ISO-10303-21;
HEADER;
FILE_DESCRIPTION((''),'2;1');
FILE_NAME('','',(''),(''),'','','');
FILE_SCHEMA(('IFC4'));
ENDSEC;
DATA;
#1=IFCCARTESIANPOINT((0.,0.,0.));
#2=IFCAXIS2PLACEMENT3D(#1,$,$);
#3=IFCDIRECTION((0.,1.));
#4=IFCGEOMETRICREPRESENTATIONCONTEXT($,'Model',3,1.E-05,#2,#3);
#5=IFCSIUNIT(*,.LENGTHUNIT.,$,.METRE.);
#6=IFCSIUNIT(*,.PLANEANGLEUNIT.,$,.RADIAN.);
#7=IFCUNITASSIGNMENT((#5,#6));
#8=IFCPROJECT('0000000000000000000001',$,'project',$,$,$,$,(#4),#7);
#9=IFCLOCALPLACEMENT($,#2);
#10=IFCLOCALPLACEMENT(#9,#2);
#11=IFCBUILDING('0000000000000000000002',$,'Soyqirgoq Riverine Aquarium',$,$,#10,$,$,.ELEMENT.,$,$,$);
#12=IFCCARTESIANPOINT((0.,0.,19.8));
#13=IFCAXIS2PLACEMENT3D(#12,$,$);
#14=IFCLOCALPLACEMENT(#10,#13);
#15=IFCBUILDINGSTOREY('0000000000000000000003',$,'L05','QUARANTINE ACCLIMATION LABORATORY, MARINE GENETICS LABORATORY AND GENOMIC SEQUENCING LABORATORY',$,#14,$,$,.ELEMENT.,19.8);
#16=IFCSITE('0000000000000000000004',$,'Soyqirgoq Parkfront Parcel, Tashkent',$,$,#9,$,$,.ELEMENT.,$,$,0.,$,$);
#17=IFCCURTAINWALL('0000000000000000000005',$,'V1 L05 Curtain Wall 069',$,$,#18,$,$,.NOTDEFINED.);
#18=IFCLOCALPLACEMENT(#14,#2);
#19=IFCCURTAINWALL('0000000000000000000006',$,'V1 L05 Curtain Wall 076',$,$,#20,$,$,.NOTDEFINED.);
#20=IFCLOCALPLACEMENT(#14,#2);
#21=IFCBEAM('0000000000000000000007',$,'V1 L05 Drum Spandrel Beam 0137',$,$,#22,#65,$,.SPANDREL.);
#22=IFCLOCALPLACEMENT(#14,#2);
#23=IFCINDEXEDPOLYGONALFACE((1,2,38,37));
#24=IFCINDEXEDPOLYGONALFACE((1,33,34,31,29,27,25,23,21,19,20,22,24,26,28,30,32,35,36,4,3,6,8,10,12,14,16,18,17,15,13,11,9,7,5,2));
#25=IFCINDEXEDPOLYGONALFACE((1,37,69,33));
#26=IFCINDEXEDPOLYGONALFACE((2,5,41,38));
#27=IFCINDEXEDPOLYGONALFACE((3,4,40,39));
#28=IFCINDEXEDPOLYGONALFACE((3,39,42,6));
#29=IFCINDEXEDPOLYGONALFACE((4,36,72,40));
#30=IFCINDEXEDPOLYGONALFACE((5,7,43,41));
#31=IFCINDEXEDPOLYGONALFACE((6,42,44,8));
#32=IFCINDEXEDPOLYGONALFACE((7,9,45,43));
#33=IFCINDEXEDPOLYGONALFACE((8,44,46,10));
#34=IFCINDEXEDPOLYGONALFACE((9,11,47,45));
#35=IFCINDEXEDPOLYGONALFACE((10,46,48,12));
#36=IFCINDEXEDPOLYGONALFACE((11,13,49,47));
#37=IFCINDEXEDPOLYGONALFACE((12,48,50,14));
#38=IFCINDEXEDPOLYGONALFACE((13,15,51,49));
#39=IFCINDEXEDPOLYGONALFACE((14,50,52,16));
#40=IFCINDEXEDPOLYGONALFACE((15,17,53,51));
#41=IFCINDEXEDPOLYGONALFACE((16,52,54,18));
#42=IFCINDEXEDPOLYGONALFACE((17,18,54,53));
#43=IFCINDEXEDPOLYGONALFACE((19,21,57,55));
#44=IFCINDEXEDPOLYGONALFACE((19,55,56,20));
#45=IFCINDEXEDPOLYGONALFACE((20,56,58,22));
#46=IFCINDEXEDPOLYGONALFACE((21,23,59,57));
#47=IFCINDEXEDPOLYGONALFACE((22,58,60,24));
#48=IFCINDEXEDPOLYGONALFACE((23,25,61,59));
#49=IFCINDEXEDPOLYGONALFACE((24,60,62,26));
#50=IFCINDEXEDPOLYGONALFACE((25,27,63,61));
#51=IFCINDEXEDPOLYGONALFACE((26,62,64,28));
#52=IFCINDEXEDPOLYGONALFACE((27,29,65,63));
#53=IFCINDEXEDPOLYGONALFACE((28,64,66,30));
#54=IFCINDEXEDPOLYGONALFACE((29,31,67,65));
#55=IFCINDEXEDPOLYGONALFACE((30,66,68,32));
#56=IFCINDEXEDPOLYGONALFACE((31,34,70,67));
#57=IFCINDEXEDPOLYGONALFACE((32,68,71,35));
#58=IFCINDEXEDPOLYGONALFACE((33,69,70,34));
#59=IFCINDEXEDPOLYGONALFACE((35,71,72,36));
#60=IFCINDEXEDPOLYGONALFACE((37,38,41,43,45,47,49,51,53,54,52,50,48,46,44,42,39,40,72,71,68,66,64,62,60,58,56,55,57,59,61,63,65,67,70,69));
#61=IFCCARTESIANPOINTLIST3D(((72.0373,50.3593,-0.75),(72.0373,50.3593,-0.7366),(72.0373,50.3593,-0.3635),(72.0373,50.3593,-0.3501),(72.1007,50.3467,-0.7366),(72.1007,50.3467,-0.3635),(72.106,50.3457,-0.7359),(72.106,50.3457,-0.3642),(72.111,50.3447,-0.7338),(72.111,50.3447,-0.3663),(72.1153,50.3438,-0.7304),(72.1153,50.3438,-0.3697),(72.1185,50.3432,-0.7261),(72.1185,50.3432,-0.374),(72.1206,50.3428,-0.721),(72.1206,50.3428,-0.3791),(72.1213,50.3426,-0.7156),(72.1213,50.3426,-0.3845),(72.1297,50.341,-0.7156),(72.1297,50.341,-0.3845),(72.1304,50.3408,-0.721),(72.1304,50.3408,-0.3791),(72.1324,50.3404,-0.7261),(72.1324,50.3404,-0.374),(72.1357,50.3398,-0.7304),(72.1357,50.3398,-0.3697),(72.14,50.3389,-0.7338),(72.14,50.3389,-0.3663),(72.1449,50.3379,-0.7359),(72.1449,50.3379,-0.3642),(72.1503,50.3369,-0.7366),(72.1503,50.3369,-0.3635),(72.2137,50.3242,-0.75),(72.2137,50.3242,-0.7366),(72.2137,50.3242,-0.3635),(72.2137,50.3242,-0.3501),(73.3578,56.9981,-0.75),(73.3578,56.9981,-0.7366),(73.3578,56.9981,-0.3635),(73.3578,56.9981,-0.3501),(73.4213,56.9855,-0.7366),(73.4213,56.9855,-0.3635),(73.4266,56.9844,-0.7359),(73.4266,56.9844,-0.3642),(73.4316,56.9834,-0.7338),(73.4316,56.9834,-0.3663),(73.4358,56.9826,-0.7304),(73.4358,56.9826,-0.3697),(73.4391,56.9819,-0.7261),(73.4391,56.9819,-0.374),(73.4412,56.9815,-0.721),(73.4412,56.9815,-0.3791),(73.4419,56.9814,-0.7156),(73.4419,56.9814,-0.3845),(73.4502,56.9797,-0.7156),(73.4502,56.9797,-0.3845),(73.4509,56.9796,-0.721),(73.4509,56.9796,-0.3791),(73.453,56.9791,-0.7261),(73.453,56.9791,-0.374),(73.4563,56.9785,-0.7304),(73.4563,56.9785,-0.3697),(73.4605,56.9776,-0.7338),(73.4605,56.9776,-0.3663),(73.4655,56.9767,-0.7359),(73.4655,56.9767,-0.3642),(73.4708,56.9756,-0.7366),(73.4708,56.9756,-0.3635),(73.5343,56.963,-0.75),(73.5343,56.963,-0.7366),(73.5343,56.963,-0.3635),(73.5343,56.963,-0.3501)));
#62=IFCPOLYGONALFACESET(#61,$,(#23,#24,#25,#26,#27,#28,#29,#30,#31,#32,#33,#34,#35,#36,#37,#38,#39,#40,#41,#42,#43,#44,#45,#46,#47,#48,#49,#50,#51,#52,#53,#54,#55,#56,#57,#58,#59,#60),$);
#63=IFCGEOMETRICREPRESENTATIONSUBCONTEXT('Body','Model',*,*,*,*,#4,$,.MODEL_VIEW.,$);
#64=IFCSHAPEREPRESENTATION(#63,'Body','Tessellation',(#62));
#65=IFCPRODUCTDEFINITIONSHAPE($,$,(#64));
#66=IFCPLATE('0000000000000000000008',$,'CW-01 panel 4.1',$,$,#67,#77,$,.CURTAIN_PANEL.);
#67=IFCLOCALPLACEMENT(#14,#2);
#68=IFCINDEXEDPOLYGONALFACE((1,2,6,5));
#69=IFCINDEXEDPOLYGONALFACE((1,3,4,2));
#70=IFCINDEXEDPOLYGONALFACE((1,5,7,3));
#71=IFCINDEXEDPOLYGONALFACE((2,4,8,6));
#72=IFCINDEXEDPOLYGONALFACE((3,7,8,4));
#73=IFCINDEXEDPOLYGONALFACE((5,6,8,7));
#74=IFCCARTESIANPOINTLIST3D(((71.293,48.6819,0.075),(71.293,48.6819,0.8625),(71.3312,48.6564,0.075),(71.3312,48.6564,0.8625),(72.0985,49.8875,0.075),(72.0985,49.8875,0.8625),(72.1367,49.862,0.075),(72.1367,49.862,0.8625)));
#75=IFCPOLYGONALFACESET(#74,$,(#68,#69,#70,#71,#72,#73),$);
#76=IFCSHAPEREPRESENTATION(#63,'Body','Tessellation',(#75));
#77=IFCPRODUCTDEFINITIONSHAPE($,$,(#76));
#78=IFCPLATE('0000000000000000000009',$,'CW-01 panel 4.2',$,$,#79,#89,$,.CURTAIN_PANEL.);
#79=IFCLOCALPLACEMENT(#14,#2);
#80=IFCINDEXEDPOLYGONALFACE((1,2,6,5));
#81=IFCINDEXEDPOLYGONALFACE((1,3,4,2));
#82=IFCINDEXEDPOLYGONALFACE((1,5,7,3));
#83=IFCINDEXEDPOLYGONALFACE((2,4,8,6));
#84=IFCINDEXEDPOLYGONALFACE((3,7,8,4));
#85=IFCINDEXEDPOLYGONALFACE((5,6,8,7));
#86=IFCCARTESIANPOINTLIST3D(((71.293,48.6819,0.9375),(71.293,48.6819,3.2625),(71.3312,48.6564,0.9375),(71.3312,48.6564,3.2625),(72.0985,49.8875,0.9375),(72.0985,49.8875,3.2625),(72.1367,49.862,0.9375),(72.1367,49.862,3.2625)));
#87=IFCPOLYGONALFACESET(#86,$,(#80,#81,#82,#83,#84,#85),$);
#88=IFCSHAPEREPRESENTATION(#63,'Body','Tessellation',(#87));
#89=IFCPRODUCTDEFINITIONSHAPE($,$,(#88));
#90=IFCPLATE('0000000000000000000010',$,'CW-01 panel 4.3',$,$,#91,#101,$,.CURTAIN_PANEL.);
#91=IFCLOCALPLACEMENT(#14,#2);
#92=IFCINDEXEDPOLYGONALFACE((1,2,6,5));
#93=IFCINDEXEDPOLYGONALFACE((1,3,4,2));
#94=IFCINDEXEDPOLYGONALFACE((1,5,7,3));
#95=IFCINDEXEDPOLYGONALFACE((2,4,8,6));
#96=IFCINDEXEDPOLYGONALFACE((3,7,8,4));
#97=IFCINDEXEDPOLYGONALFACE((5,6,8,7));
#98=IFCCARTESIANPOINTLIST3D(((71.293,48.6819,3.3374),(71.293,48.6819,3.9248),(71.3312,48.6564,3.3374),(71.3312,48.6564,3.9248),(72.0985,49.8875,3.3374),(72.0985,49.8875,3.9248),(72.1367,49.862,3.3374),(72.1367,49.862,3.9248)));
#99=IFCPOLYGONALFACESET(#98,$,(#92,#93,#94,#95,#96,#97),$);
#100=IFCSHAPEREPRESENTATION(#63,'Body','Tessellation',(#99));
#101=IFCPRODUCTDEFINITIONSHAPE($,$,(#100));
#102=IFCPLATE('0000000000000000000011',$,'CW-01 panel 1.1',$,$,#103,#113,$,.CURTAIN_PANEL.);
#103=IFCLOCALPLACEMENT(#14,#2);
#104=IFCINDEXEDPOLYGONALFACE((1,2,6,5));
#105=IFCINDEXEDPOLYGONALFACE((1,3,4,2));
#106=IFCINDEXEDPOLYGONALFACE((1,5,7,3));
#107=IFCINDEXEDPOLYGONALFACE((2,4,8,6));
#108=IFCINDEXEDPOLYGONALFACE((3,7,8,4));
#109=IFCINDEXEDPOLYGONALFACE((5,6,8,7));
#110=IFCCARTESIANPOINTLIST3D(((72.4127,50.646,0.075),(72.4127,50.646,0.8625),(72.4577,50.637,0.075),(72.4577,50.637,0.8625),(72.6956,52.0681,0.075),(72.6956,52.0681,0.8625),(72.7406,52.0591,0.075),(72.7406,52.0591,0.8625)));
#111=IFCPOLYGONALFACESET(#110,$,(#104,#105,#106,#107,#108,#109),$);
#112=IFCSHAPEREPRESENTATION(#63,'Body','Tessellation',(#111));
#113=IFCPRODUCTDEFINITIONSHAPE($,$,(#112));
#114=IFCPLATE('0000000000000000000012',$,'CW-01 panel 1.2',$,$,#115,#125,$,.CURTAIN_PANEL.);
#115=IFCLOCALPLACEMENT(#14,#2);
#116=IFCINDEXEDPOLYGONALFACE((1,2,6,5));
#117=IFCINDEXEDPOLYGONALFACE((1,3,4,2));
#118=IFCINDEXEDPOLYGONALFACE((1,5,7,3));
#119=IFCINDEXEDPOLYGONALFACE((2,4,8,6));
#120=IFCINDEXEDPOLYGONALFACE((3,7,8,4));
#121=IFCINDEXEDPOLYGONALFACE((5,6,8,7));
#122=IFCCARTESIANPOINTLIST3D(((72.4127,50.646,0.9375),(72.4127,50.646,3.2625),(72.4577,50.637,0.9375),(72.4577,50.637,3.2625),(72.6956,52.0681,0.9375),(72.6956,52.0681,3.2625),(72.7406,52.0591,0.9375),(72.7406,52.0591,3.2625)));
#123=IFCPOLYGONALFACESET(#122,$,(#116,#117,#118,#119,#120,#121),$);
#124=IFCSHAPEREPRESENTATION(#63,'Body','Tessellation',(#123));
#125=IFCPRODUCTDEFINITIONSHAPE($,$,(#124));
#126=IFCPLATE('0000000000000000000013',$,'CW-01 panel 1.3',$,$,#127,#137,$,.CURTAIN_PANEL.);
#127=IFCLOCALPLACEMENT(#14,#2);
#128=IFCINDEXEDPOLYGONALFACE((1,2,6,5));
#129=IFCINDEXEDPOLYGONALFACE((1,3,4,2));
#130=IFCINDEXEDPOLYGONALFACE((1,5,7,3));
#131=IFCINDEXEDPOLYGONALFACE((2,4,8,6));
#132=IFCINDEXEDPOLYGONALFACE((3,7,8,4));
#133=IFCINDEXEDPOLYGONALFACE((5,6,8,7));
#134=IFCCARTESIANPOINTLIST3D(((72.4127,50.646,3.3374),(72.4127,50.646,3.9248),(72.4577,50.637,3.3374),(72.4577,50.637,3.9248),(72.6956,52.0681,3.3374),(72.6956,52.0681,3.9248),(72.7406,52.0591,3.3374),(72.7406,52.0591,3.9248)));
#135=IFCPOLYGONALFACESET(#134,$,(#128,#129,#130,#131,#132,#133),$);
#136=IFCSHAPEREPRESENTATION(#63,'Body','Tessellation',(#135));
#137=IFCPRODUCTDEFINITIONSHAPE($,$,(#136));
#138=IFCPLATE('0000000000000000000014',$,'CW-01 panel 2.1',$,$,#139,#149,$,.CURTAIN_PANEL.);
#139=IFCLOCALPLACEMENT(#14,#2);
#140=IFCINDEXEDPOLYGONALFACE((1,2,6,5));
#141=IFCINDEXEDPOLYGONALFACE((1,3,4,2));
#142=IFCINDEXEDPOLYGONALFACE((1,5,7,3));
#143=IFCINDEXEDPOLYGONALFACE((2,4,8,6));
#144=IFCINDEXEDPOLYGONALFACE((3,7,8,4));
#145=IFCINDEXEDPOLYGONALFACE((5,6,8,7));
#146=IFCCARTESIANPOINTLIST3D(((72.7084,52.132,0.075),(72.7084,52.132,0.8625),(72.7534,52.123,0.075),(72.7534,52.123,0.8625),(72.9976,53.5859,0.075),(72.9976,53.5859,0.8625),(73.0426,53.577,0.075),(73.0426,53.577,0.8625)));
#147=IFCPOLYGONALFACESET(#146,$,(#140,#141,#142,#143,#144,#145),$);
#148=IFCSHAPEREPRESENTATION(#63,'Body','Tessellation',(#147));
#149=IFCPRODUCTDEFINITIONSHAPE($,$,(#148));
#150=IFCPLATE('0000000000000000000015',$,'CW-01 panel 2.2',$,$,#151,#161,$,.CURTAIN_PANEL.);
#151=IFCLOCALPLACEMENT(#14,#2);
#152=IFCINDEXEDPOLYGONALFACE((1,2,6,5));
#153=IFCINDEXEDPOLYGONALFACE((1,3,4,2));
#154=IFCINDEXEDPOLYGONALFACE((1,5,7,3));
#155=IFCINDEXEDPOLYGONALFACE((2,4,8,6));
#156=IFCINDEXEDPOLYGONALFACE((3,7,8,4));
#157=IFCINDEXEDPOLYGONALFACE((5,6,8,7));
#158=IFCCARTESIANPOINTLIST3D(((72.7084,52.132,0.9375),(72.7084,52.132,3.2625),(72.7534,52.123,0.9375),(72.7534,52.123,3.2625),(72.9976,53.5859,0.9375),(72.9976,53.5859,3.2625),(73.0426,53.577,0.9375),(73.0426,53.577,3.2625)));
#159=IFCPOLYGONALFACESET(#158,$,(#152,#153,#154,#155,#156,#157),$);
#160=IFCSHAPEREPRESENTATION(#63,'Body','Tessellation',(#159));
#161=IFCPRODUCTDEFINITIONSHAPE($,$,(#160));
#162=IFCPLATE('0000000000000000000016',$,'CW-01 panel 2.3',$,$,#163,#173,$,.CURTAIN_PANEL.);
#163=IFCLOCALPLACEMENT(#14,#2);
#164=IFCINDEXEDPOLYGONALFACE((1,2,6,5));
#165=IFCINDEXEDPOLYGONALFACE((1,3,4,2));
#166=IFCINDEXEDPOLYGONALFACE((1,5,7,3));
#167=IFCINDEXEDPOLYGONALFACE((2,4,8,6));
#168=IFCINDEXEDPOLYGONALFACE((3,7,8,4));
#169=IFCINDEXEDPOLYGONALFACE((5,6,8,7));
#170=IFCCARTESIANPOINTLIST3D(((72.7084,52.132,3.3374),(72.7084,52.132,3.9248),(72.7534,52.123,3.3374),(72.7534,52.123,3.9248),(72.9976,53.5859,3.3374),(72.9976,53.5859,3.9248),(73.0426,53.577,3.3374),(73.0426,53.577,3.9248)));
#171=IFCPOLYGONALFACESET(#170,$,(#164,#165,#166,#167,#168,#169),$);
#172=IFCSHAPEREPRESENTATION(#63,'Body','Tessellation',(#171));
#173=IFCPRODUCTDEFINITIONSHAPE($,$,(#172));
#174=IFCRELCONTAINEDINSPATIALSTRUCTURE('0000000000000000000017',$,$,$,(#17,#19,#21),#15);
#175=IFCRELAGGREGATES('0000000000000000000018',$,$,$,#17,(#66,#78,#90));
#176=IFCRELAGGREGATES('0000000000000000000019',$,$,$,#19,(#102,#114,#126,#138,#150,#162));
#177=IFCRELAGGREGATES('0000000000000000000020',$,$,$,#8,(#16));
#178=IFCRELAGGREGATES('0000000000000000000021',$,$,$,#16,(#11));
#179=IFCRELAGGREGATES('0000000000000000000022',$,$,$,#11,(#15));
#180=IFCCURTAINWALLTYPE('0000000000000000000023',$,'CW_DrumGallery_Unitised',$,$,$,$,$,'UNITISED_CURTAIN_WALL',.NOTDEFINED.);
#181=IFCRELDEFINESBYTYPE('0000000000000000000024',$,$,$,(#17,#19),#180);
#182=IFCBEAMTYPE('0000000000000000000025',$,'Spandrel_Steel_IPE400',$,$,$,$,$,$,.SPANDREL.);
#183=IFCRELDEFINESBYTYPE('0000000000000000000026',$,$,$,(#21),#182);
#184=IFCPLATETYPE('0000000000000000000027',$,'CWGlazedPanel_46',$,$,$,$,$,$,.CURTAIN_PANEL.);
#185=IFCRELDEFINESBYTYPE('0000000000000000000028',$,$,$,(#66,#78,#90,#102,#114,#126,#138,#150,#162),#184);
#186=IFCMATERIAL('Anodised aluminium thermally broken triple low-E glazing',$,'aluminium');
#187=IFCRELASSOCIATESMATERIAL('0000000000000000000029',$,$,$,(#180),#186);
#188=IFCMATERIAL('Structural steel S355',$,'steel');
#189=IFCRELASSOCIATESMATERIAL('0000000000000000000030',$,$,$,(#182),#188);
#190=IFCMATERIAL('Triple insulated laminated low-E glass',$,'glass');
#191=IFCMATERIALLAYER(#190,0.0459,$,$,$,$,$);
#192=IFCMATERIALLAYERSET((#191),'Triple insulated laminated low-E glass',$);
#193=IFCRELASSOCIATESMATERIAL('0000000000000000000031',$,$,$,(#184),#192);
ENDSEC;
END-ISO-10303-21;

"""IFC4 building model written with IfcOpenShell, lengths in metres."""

from ifc_helpers import new_model, si_unit, direction, frame, origin, origin_2d, place, context, subcontext, project, spatial, rectangle, i_section, extrude, material, layer, layer_set, material_profile, profile_set, type_object, element, aggregate, save


model = new_model("IFC4")

# Units and contexts
model_context = context("Model", 3, precision=1e-05, world=origin(), true_north=direction((0.0, 1.0)))
body_context = subcontext(model_context, "Body", "Model", "MODEL_VIEW")
ifc_project = project(units=[si_unit("LENGTHUNIT", "METRE"), si_unit("PLANEANGLEUNIT", "RADIAN")], contexts=[model_context])

# Site, building, storey
site_placement = place(None, origin())
site = spatial("IfcSite", under=ifc_project, at=site_placement, Name="Soyqirgoq Parkfront Parcel, Tashkent", CompositionType="ELEMENT", RefElevation=0.0)
building_placement = place(site_placement, origin())
building = spatial("IfcBuilding", under=site, at=building_placement, Name="Soyqirgoq Riverine Aquarium", CompositionType="ELEMENT")
storey_placement = place(building_placement, frame((0.0, 0.0, 19.8)))
storey = spatial("IfcBuildingStorey", under=building, at=storey_placement, Name="L05", Description="QUARANTINE ACCLIMATION LABORATORY, MARINE GENETICS LABORATORY AND GENOMIC SEQUENCING LABORATORY", CompositionType="ELEMENT", Elevation=19.8)

# Curtain wall
ifc_material_1 = material(Name="Anodised aluminium thermally broken triple low-E glazing", Category="aluminium")
curtain_wall_type = type_object("IfcCurtainWallType", Name="CW_DrumGallery_Unitised", ElementType="UNITISED_CURTAIN_WALL", PredefinedType="NOTDEFINED", material=ifc_material_1)
curtain_wall_1_placement = place(storey_placement, origin())
curtain_wall_1 = element("IfcCurtainWall", 1, at=curtain_wall_1_placement, inside=storey, type_object=curtain_wall_type, Name="V1 L05 Curtain Wall 069", PredefinedType="NOTDEFINED")

# Curtain wall
curtain_wall_2_placement = place(storey_placement, origin())
curtain_wall_2 = element("IfcCurtainWall", 2, at=curtain_wall_2_placement, inside=storey, type_object=curtain_wall_type, Name="V1 L05 Curtain Wall 076", PredefinedType="NOTDEFINED")

# Beam
ifc_material_2 = material(Name="Structural steel S355", Category="steel")
ifc_material_profile_1 = material_profile(ifc_material_2, i_section(OverallWidth=0.1799, OverallDepth=0.3999, WebThickness=0.0085, FlangeThickness=0.0134, FilletRadius=0.021, at=origin_2d()), Name="IPE 400")
ifc_profile_set_1 = profile_set([ifc_material_profile_1], Name="Structural steel S355")
beam_type = type_object("IfcBeamType", Name="Spandrel_Steel_IPE400", PredefinedType="SPANDREL", material=ifc_profile_set_1)
beam_placement = place(storey_placement, frame((72.1255, 50.3418, -0.55), z_axis=(0.195096, 0.980784, 0.0), x_axis=(-0.980784, 0.195096, 0.0)))
element("IfcBeam", 3, at=beam_placement, inside=storey, type_object=beam_type, Name="V1 L05 Drum Spandrel Beam 0137", PredefinedType="SPANDREL", context=body_context, shape_type="SweptSolid", body=[
    extrude(i_section(OverallWidth=0.1799, OverallDepth=0.3999, WebThickness=0.0085, FlangeThickness=0.0134, FilletRadius=0.021, at=origin_2d()), origin(), (0.0, 0.0, 1.0), 6.7688),
])

# Plates
ifc_material_3 = material(Name="Triple insulated laminated low-E glass", Category="glass")
ifc_layer = layer(ifc_material_3, 0.0459)
ifc_layer_set = layer_set([ifc_layer], Name="Triple insulated laminated low-E glass")
plate_type = type_object("IfcPlateType", Name="CWGlazedPanel_46", PredefinedType="CURTAIN_PANEL", material=ifc_layer_set)
plate_1_placement = place(storey_placement, frame((71.7148, 49.272, 0.075), z_axis=(0.0, 0.0, 1.0), x_axis=(0.555561, 0.831476, 0.0)))
plate_1 = element("IfcPlate", 4, at=plate_1_placement, type_object=plate_type, Name="CW-01 panel 4.1", PredefinedType="CURTAIN_PANEL", context=body_context, shape_type="SweptSolid", body=[
    extrude(rectangle(XDim=1.45, YDim=0.0459, at=origin_2d()), origin(), (0.0, 0.0, 1.0), 0.7876),
])
plate_2_placement = place(storey_placement, frame((71.7148, 49.272, 0.9375), z_axis=(0.0, 0.0, 1.0), x_axis=(0.555561, 0.831476, 0.0)))
plate_2 = element("IfcPlate", 5, at=plate_2_placement, type_object=plate_type, Name="CW-01 panel 4.2", PredefinedType="CURTAIN_PANEL", context=body_context, shape_type="SweptSolid", body=[
    extrude(rectangle(XDim=1.45, YDim=0.0459, at=origin_2d()), origin(), (0.0, 0.0, 1.0), 2.325),
])
plate_3_placement = place(storey_placement, frame((71.7148, 49.272, 3.3374), z_axis=(0.0, 0.0, 1.0), x_axis=(0.555561, 0.831476, 0.0)))
plate_3 = element("IfcPlate", 6, at=plate_3_placement, type_object=plate_type, Name="CW-01 panel 4.3", PredefinedType="CURTAIN_PANEL", context=body_context, shape_type="SweptSolid", body=[
    extrude(rectangle(XDim=1.45, YDim=0.0459, at=origin_2d()), origin(), (0.0, 0.0, 1.0), 0.5874),
])
aggregate(curtain_wall_1, [plate_1, plate_2, plate_3])
plate_4_placement = place(storey_placement, frame((72.5767, 51.3525, 0.075), z_axis=(0.0, 0.0, 1.0), x_axis=(0.195078, 0.980788, 0.0)))
plate_4 = element("IfcPlate", 7, at=plate_4_placement, type_object=plate_type, Name="CW-01 panel 1.1", PredefinedType="CURTAIN_PANEL", context=body_context, shape_type="SweptSolid", body=[
    extrude(rectangle(XDim=1.45, YDim=0.0459, at=origin_2d()), origin(), (0.0, 0.0, 1.0), 0.7876),
])
plate_5_placement = place(storey_placement, frame((72.5767, 51.3525, 0.9375), z_axis=(0.0, 0.0, 1.0), x_axis=(0.195078, 0.980788, 0.0)))
plate_5 = element("IfcPlate", 8, at=plate_5_placement, type_object=plate_type, Name="CW-01 panel 1.2", PredefinedType="CURTAIN_PANEL", context=body_context, shape_type="SweptSolid", body=[
    extrude(rectangle(XDim=1.45, YDim=0.0459, at=origin_2d()), origin(), (0.0, 0.0, 1.0), 2.325),
])
plate_6_placement = place(storey_placement, frame((72.5767, 51.3525, 3.3374), z_axis=(0.0, 0.0, 1.0), x_axis=(0.195078, 0.980788, 0.0)))
plate_6 = element("IfcPlate", 9, at=plate_6_placement, type_object=plate_type, Name="CW-01 panel 1.3", PredefinedType="CURTAIN_PANEL", context=body_context, shape_type="SweptSolid", body=[
    extrude(rectangle(XDim=1.45, YDim=0.0459, at=origin_2d()), origin(), (0.0, 0.0, 1.0), 0.5874),
])
plate_7_placement = place(storey_placement, frame((72.8755, 52.8545, 0.075), z_axis=(0.0, 0.0, 1.0), x_axis=(0.195078, 0.980788, 0.0)))
plate_7 = element("IfcPlate", 10, at=plate_7_placement, type_object=plate_type, Name="CW-01 panel 2.1", PredefinedType="CURTAIN_PANEL", context=body_context, shape_type="SweptSolid", body=[
    extrude(rectangle(XDim=1.4824, YDim=0.0459, at=origin_2d()), origin(), (0.0, 0.0, 1.0), 0.7876),
])
plate_8_placement = place(storey_placement, frame((72.8755, 52.8545, 0.9375), z_axis=(0.0, 0.0, 1.0), x_axis=(0.195078, 0.980788, 0.0)))
plate_8 = element("IfcPlate", 11, at=plate_8_placement, type_object=plate_type, Name="CW-01 panel 2.2", PredefinedType="CURTAIN_PANEL", context=body_context, shape_type="SweptSolid", body=[
    extrude(rectangle(XDim=1.4824, YDim=0.0459, at=origin_2d()), origin(), (0.0, 0.0, 1.0), 2.325),
])
plate_9_placement = place(storey_placement, frame((72.8755, 52.8545, 3.3374), z_axis=(0.0, 0.0, 1.0), x_axis=(0.195078, 0.980788, 0.0)))
plate_9 = element("IfcPlate", 12, at=plate_9_placement, type_object=plate_type, Name="CW-01 panel 2.3", PredefinedType="CURTAIN_PANEL", context=body_context, shape_type="SweptSolid", body=[
    extrude(rectangle(XDim=1.4824, YDim=0.0459, at=origin_2d()), origin(), (0.0, 0.0, 1.0), 0.5874),
])
aggregate(curtain_wall_2, [plate_4, plate_5, plate_6, plate_7, plate_8, plate_9])

save(model, "model.ifc")
